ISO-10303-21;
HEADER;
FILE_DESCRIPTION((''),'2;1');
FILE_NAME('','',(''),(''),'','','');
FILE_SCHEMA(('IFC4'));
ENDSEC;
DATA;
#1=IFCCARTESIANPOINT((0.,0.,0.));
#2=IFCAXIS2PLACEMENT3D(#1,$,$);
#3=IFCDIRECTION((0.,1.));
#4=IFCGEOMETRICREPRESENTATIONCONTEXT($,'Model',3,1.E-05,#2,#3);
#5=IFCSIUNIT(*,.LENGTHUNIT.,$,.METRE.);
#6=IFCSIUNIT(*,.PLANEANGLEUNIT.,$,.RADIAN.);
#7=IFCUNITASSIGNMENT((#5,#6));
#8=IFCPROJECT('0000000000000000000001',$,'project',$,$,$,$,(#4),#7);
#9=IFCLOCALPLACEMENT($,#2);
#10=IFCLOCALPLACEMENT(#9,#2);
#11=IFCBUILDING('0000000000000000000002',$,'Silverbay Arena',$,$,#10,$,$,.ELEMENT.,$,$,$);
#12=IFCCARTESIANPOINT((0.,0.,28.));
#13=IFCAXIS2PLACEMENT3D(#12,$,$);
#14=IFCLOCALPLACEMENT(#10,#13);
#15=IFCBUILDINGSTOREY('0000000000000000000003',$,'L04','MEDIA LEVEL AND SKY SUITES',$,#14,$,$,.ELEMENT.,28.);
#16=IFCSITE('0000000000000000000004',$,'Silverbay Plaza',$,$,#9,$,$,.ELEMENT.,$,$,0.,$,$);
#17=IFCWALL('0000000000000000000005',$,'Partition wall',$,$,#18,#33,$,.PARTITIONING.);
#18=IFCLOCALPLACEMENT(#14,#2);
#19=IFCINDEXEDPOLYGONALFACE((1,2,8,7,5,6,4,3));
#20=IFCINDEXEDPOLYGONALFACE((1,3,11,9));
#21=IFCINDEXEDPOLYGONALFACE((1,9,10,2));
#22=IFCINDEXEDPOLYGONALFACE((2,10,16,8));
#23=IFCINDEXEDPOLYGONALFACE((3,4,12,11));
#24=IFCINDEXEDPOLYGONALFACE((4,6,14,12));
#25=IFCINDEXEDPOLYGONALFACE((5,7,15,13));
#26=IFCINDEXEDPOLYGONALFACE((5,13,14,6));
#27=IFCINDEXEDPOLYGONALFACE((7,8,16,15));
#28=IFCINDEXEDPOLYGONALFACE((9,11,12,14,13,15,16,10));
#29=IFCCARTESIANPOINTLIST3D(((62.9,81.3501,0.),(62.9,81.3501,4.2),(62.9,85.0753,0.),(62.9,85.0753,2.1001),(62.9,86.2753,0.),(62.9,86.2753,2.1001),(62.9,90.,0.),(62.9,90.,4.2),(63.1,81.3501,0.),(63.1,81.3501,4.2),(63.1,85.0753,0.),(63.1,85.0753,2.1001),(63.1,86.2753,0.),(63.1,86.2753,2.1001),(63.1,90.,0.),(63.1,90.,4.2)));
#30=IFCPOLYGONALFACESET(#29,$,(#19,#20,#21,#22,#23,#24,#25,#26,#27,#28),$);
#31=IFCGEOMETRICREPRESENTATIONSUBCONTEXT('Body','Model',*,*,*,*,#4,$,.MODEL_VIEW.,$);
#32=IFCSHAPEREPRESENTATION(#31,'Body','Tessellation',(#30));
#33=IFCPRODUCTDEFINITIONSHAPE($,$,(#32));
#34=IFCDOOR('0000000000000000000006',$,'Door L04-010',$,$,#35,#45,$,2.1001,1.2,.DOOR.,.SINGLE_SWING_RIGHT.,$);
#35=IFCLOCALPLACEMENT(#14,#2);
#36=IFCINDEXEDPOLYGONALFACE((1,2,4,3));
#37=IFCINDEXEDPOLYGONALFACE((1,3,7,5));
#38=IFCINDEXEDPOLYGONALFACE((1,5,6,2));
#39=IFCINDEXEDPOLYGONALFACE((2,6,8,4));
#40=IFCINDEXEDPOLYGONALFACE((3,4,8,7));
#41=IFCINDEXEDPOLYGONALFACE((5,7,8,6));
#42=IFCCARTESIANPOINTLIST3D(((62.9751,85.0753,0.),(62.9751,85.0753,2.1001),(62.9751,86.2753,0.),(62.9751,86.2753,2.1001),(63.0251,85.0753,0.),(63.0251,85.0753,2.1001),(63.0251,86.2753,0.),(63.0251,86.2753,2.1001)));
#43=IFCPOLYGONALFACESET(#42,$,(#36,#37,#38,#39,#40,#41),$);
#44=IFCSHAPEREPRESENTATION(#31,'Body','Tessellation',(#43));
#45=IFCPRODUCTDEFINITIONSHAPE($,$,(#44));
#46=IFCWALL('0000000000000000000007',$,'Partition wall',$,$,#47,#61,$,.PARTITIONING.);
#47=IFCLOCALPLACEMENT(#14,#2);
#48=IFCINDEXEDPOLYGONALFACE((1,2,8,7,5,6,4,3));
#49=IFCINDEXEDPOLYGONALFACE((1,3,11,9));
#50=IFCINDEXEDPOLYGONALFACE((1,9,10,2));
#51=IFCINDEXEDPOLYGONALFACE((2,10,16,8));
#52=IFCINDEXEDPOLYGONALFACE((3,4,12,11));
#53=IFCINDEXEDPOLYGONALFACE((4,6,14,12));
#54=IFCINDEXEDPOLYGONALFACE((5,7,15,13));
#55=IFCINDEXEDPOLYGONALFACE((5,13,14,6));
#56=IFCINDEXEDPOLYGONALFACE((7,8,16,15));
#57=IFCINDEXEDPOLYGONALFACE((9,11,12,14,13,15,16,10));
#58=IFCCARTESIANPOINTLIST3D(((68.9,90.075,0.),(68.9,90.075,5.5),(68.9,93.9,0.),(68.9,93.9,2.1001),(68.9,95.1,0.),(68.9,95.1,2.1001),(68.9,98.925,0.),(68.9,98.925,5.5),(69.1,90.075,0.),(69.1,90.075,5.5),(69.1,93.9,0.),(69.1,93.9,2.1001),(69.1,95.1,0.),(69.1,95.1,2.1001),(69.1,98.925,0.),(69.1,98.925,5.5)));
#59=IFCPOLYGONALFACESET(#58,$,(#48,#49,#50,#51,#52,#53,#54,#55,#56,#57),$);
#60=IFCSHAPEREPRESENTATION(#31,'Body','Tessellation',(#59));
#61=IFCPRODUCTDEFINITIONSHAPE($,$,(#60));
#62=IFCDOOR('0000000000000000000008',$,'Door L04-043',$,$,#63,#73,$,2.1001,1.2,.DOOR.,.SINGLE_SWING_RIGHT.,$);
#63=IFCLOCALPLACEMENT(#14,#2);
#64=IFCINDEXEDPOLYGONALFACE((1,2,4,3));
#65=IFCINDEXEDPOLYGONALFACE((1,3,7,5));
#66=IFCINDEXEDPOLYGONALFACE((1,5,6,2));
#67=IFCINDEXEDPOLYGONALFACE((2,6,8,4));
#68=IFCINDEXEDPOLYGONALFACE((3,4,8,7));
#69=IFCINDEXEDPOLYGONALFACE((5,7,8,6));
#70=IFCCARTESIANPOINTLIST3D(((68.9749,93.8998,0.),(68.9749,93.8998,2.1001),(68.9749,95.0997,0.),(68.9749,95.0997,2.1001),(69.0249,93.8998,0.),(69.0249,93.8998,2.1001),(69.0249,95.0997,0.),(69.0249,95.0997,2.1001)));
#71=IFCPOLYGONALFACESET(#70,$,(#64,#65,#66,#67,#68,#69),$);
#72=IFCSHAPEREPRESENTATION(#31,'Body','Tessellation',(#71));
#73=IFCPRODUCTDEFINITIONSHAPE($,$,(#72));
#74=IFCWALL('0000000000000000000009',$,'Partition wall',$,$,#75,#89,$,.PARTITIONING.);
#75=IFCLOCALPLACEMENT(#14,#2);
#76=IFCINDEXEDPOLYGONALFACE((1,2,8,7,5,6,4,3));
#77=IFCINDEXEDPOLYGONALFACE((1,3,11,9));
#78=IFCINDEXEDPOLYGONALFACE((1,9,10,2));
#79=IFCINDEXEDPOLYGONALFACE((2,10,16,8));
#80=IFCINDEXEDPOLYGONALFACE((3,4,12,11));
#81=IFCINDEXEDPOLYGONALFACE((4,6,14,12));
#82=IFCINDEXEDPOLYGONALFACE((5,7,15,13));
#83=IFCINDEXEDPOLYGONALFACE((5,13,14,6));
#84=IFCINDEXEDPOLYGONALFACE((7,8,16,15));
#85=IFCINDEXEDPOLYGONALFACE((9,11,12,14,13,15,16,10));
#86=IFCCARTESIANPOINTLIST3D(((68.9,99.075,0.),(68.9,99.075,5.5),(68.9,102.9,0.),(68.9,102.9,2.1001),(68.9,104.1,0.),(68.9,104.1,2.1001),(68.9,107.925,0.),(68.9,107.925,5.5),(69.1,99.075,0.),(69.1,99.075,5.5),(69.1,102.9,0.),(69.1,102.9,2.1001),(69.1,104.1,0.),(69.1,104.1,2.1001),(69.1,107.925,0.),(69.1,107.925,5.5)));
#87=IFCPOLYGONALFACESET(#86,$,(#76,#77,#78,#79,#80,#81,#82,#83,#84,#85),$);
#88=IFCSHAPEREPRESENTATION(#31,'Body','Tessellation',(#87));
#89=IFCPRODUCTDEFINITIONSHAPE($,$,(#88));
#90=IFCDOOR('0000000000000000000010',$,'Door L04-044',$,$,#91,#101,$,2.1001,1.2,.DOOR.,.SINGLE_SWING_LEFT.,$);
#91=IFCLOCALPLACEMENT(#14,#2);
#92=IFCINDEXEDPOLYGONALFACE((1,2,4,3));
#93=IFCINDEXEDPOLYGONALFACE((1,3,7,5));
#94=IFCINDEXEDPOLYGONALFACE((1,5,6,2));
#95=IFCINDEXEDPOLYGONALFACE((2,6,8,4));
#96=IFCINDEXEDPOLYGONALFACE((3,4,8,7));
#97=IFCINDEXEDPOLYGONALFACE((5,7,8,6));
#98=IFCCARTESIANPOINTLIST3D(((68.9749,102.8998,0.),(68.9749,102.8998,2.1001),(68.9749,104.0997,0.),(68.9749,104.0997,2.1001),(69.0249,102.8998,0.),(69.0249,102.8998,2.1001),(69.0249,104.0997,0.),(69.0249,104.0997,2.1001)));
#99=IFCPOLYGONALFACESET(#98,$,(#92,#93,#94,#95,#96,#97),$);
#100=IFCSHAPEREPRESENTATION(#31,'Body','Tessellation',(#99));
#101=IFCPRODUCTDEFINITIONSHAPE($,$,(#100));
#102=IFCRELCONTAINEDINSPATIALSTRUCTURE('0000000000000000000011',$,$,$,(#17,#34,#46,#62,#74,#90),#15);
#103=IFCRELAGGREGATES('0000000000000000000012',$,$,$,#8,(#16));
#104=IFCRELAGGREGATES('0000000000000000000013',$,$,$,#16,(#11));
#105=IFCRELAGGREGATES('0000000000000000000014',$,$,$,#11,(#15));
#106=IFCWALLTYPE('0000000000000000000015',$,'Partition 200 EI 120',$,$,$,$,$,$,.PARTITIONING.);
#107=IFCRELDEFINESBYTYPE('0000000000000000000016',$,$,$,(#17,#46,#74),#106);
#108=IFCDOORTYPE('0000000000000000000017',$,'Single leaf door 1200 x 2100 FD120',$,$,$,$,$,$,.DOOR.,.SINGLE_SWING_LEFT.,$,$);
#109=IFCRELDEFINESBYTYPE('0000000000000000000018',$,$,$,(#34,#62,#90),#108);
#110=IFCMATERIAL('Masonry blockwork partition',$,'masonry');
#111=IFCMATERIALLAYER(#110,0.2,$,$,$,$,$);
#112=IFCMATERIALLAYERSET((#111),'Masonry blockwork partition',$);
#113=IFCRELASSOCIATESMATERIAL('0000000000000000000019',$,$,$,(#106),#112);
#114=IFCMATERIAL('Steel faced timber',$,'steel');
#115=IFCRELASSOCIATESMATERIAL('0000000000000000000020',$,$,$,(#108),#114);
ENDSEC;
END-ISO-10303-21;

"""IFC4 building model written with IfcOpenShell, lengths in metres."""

from ifc_helpers import new_model, si_unit, direction, frame, frame_2d, origin, place, context, subcontext, project, spatial, rectangle, extrude, material, layer, layer_set, type_object, element, fill, save


model = new_model("IFC4")

# Units and contexts
model_context = context("Model", 3, precision=1e-05, world=origin(), true_north=direction((0.0, 1.0)))
body_context = subcontext(model_context, "Body", "Model", "MODEL_VIEW")
ifc_project = project(units=[si_unit("LENGTHUNIT", "METRE"), si_unit("PLANEANGLEUNIT", "RADIAN")], contexts=[model_context])

# Site, building, storey
site_placement = place(None, origin())
site = spatial("IfcSite", under=ifc_project, at=site_placement, Name="Silverbay Plaza", CompositionType="ELEMENT", RefElevation=0.0)
building_placement = place(site_placement, origin())
building = spatial("IfcBuilding", under=site, at=building_placement, Name="Silverbay Arena", CompositionType="ELEMENT")
storey_placement = place(building_placement, frame((0.0, 0.0, 28.0)))
storey = spatial("IfcBuildingStorey", under=building, at=storey_placement, Name="L04", Description="MEDIA LEVEL AND SKY SUITES", CompositionType="ELEMENT", Elevation=28.0)

# Walls, openings, doors
ifc_material_1 = material(Name="Masonry blockwork partition", Category="masonry")
ifc_layer_1 = layer(ifc_material_1, 0.2)
ifc_layer_set_1 = layer_set([ifc_layer_1], Name="Masonry blockwork partition")
wall_type_1 = type_object("IfcWallType", Name="Partition 200 EI 120", PredefinedType="PARTITIONING", material=ifc_layer_set_1)
wall_1_placement = place(storey_placement, frame((63.0, 81.3501, 0.0), z_axis=(0.0, 0.0, 1.0), x_axis=(0.0, 1.0, 0.0)))
wall_1 = element("IfcWall", 1, at=wall_1_placement, inside=storey, type_object=wall_type_1, Name="Partition wall", PredefinedType="PARTITIONING", context=body_context, shape_type="SweptSolid", body=[
    extrude(rectangle(XDim=8.6499, YDim=0.2, at=frame_2d((4.325, 0.0))), origin(), (0.0, 0.0, 1.0), 4.2),
])
opening_1_placement = place(wall_1_placement, frame((3.7251, 0.0, 0.0)))
opening_1 = element("IfcOpeningElement", 2, at=opening_1_placement, cuts=wall_1, PredefinedType="OPENING", context=body_context, shape_type="SweptSolid", body=[
    extrude(rectangle(XDim=1.2, YDim=2.1001, at=frame_2d((0.6001, 1.05))), frame((0.0, 0.1099, 0.0), z_axis=(0.0, -1.0, 0.0), x_axis=(1.0, 0.0, 0.0)), (0.0, 0.0, 1.0), 0.22),
])
ifc_material_2 = material(Name="Steel faced timber", Category="steel")
door_type_1 = type_object("IfcDoorType", Name="Single leaf door 1200 x 2100 FD120", OperationType="SINGLE_SWING_LEFT", PredefinedType="DOOR", material=ifc_material_2)
door_1_placement = place(opening_1_placement, origin())
door_1 = element("IfcDoor", 3, at=door_1_placement, inside=storey, type_object=door_type_1, Name="Door L04-010", OperationType="SINGLE_SWING_RIGHT", OverallHeight=2.1001, OverallWidth=1.2, PredefinedType="DOOR", context=body_context, shape_type="SweptSolid", body=[
    extrude(rectangle(XDim=1.2, YDim=2.1001, at=frame_2d((0.6001, 1.05))), frame((0.0, 0.0249, 0.0), z_axis=(0.0, -1.0, 0.0), x_axis=(1.0, 0.0, 0.0)), (0.0, 0.0, 1.0), 0.05),
])
fill(opening_1, door_1)
wall_2_placement = place(storey_placement, frame((69.0, 90.075, 0.0), z_axis=(0.0, 0.0, 1.0), x_axis=(0.0, 1.0, 0.0)))
wall_2 = element("IfcWall", 4, at=wall_2_placement, inside=storey, type_object=wall_type_1, Name="Partition wall", PredefinedType="PARTITIONING", context=body_context, shape_type="SweptSolid", body=[
    extrude(rectangle(XDim=8.8501, YDim=0.2, at=frame_2d((4.425, 0.0))), origin(), (0.0, 0.0, 1.0), 5.5),
])
opening_2_placement = place(wall_2_placement, frame((3.825, 0.0, 0.0)))
opening_2 = element("IfcOpeningElement", 5, at=opening_2_placement, cuts=wall_2, PredefinedType="OPENING", context=body_context, shape_type="SweptSolid", body=[
    extrude(rectangle(XDim=1.2, YDim=2.1001, at=frame_2d((0.6001, 1.05))), frame((0.0, 0.1099, 0.0), z_axis=(0.0, -1.0, 0.0), x_axis=(1.0, 0.0, 0.0)), (0.0, 0.0, 1.0), 0.22),
])
door_2_placement = place(opening_2_placement, frame((1.2, 0.0, 0.0), z_axis=(0.0, 0.0, 1.0), x_axis=(-1.0, 0.0, 0.0)))
door_2 = element("IfcDoor", 6, at=door_2_placement, inside=storey, type_object=door_type_1, Name="Door L04-043", OperationType="SINGLE_SWING_RIGHT", OverallHeight=2.1001, OverallWidth=1.2, PredefinedType="DOOR", context=body_context, shape_type="SweptSolid", body=[
    extrude(rectangle(XDim=1.2, YDim=2.1001, at=frame_2d((0.6001, 1.05))), frame((0.0, 0.0249, 0.0), z_axis=(0.0, -1.0, 0.0), x_axis=(1.0, 0.0, 0.0)), (0.0, 0.0, 1.0), 0.05),
])
fill(opening_2, door_2)
wall_3_placement = place(storey_placement, frame((69.0, 99.075, 0.0), z_axis=(0.0, 0.0, 1.0), x_axis=(0.0, 1.0, 0.0)))
wall_3 = element("IfcWall", 7, at=wall_3_placement, inside=storey, type_object=wall_type_1, Name="Partition wall", PredefinedType="PARTITIONING", context=body_context, shape_type="SweptSolid", body=[
    extrude(rectangle(XDim=8.8501, YDim=0.2, at=frame_2d((4.425, 0.0))), origin(), (0.0, 0.0, 1.0), 5.5),
])
opening_3_placement = place(wall_3_placement, frame((3.825, 0.0, 0.0)))
opening_3 = element("IfcOpeningElement", 8, at=opening_3_placement, cuts=wall_3, PredefinedType="OPENING", context=body_context, shape_type="SweptSolid", body=[
    extrude(rectangle(XDim=1.2, YDim=2.1001, at=frame_2d((0.6001, 1.05))), frame((0.0, 0.1099, 0.0), z_axis=(0.0, -1.0, 0.0), x_axis=(1.0, 0.0, 0.0)), (0.0, 0.0, 1.0), 0.22),
])
door_3_placement = place(opening_3_placement, frame((1.2, 0.0, 0.0), z_axis=(0.0, 0.0, 1.0), x_axis=(-1.0, 0.0, 0.0)))
door_3 = element("IfcDoor", 9, at=door_3_placement, inside=storey, type_object=door_type_1, Name="Door L04-044", OperationType="SINGLE_SWING_LEFT", OverallHeight=2.1001, OverallWidth=1.2, PredefinedType="DOOR", context=body_context, shape_type="SweptSolid", body=[
    extrude(rectangle(XDim=1.2, YDim=2.1001, at=frame_2d((0.6001, 1.05))), frame((0.0, 0.0249, 0.0), z_axis=(0.0, -1.0, 0.0), x_axis=(1.0, 0.0, 0.0)), (0.0, 0.0, 1.0), 0.05),
])
fill(opening_3, door_3)

save(model, "model.ifc")
